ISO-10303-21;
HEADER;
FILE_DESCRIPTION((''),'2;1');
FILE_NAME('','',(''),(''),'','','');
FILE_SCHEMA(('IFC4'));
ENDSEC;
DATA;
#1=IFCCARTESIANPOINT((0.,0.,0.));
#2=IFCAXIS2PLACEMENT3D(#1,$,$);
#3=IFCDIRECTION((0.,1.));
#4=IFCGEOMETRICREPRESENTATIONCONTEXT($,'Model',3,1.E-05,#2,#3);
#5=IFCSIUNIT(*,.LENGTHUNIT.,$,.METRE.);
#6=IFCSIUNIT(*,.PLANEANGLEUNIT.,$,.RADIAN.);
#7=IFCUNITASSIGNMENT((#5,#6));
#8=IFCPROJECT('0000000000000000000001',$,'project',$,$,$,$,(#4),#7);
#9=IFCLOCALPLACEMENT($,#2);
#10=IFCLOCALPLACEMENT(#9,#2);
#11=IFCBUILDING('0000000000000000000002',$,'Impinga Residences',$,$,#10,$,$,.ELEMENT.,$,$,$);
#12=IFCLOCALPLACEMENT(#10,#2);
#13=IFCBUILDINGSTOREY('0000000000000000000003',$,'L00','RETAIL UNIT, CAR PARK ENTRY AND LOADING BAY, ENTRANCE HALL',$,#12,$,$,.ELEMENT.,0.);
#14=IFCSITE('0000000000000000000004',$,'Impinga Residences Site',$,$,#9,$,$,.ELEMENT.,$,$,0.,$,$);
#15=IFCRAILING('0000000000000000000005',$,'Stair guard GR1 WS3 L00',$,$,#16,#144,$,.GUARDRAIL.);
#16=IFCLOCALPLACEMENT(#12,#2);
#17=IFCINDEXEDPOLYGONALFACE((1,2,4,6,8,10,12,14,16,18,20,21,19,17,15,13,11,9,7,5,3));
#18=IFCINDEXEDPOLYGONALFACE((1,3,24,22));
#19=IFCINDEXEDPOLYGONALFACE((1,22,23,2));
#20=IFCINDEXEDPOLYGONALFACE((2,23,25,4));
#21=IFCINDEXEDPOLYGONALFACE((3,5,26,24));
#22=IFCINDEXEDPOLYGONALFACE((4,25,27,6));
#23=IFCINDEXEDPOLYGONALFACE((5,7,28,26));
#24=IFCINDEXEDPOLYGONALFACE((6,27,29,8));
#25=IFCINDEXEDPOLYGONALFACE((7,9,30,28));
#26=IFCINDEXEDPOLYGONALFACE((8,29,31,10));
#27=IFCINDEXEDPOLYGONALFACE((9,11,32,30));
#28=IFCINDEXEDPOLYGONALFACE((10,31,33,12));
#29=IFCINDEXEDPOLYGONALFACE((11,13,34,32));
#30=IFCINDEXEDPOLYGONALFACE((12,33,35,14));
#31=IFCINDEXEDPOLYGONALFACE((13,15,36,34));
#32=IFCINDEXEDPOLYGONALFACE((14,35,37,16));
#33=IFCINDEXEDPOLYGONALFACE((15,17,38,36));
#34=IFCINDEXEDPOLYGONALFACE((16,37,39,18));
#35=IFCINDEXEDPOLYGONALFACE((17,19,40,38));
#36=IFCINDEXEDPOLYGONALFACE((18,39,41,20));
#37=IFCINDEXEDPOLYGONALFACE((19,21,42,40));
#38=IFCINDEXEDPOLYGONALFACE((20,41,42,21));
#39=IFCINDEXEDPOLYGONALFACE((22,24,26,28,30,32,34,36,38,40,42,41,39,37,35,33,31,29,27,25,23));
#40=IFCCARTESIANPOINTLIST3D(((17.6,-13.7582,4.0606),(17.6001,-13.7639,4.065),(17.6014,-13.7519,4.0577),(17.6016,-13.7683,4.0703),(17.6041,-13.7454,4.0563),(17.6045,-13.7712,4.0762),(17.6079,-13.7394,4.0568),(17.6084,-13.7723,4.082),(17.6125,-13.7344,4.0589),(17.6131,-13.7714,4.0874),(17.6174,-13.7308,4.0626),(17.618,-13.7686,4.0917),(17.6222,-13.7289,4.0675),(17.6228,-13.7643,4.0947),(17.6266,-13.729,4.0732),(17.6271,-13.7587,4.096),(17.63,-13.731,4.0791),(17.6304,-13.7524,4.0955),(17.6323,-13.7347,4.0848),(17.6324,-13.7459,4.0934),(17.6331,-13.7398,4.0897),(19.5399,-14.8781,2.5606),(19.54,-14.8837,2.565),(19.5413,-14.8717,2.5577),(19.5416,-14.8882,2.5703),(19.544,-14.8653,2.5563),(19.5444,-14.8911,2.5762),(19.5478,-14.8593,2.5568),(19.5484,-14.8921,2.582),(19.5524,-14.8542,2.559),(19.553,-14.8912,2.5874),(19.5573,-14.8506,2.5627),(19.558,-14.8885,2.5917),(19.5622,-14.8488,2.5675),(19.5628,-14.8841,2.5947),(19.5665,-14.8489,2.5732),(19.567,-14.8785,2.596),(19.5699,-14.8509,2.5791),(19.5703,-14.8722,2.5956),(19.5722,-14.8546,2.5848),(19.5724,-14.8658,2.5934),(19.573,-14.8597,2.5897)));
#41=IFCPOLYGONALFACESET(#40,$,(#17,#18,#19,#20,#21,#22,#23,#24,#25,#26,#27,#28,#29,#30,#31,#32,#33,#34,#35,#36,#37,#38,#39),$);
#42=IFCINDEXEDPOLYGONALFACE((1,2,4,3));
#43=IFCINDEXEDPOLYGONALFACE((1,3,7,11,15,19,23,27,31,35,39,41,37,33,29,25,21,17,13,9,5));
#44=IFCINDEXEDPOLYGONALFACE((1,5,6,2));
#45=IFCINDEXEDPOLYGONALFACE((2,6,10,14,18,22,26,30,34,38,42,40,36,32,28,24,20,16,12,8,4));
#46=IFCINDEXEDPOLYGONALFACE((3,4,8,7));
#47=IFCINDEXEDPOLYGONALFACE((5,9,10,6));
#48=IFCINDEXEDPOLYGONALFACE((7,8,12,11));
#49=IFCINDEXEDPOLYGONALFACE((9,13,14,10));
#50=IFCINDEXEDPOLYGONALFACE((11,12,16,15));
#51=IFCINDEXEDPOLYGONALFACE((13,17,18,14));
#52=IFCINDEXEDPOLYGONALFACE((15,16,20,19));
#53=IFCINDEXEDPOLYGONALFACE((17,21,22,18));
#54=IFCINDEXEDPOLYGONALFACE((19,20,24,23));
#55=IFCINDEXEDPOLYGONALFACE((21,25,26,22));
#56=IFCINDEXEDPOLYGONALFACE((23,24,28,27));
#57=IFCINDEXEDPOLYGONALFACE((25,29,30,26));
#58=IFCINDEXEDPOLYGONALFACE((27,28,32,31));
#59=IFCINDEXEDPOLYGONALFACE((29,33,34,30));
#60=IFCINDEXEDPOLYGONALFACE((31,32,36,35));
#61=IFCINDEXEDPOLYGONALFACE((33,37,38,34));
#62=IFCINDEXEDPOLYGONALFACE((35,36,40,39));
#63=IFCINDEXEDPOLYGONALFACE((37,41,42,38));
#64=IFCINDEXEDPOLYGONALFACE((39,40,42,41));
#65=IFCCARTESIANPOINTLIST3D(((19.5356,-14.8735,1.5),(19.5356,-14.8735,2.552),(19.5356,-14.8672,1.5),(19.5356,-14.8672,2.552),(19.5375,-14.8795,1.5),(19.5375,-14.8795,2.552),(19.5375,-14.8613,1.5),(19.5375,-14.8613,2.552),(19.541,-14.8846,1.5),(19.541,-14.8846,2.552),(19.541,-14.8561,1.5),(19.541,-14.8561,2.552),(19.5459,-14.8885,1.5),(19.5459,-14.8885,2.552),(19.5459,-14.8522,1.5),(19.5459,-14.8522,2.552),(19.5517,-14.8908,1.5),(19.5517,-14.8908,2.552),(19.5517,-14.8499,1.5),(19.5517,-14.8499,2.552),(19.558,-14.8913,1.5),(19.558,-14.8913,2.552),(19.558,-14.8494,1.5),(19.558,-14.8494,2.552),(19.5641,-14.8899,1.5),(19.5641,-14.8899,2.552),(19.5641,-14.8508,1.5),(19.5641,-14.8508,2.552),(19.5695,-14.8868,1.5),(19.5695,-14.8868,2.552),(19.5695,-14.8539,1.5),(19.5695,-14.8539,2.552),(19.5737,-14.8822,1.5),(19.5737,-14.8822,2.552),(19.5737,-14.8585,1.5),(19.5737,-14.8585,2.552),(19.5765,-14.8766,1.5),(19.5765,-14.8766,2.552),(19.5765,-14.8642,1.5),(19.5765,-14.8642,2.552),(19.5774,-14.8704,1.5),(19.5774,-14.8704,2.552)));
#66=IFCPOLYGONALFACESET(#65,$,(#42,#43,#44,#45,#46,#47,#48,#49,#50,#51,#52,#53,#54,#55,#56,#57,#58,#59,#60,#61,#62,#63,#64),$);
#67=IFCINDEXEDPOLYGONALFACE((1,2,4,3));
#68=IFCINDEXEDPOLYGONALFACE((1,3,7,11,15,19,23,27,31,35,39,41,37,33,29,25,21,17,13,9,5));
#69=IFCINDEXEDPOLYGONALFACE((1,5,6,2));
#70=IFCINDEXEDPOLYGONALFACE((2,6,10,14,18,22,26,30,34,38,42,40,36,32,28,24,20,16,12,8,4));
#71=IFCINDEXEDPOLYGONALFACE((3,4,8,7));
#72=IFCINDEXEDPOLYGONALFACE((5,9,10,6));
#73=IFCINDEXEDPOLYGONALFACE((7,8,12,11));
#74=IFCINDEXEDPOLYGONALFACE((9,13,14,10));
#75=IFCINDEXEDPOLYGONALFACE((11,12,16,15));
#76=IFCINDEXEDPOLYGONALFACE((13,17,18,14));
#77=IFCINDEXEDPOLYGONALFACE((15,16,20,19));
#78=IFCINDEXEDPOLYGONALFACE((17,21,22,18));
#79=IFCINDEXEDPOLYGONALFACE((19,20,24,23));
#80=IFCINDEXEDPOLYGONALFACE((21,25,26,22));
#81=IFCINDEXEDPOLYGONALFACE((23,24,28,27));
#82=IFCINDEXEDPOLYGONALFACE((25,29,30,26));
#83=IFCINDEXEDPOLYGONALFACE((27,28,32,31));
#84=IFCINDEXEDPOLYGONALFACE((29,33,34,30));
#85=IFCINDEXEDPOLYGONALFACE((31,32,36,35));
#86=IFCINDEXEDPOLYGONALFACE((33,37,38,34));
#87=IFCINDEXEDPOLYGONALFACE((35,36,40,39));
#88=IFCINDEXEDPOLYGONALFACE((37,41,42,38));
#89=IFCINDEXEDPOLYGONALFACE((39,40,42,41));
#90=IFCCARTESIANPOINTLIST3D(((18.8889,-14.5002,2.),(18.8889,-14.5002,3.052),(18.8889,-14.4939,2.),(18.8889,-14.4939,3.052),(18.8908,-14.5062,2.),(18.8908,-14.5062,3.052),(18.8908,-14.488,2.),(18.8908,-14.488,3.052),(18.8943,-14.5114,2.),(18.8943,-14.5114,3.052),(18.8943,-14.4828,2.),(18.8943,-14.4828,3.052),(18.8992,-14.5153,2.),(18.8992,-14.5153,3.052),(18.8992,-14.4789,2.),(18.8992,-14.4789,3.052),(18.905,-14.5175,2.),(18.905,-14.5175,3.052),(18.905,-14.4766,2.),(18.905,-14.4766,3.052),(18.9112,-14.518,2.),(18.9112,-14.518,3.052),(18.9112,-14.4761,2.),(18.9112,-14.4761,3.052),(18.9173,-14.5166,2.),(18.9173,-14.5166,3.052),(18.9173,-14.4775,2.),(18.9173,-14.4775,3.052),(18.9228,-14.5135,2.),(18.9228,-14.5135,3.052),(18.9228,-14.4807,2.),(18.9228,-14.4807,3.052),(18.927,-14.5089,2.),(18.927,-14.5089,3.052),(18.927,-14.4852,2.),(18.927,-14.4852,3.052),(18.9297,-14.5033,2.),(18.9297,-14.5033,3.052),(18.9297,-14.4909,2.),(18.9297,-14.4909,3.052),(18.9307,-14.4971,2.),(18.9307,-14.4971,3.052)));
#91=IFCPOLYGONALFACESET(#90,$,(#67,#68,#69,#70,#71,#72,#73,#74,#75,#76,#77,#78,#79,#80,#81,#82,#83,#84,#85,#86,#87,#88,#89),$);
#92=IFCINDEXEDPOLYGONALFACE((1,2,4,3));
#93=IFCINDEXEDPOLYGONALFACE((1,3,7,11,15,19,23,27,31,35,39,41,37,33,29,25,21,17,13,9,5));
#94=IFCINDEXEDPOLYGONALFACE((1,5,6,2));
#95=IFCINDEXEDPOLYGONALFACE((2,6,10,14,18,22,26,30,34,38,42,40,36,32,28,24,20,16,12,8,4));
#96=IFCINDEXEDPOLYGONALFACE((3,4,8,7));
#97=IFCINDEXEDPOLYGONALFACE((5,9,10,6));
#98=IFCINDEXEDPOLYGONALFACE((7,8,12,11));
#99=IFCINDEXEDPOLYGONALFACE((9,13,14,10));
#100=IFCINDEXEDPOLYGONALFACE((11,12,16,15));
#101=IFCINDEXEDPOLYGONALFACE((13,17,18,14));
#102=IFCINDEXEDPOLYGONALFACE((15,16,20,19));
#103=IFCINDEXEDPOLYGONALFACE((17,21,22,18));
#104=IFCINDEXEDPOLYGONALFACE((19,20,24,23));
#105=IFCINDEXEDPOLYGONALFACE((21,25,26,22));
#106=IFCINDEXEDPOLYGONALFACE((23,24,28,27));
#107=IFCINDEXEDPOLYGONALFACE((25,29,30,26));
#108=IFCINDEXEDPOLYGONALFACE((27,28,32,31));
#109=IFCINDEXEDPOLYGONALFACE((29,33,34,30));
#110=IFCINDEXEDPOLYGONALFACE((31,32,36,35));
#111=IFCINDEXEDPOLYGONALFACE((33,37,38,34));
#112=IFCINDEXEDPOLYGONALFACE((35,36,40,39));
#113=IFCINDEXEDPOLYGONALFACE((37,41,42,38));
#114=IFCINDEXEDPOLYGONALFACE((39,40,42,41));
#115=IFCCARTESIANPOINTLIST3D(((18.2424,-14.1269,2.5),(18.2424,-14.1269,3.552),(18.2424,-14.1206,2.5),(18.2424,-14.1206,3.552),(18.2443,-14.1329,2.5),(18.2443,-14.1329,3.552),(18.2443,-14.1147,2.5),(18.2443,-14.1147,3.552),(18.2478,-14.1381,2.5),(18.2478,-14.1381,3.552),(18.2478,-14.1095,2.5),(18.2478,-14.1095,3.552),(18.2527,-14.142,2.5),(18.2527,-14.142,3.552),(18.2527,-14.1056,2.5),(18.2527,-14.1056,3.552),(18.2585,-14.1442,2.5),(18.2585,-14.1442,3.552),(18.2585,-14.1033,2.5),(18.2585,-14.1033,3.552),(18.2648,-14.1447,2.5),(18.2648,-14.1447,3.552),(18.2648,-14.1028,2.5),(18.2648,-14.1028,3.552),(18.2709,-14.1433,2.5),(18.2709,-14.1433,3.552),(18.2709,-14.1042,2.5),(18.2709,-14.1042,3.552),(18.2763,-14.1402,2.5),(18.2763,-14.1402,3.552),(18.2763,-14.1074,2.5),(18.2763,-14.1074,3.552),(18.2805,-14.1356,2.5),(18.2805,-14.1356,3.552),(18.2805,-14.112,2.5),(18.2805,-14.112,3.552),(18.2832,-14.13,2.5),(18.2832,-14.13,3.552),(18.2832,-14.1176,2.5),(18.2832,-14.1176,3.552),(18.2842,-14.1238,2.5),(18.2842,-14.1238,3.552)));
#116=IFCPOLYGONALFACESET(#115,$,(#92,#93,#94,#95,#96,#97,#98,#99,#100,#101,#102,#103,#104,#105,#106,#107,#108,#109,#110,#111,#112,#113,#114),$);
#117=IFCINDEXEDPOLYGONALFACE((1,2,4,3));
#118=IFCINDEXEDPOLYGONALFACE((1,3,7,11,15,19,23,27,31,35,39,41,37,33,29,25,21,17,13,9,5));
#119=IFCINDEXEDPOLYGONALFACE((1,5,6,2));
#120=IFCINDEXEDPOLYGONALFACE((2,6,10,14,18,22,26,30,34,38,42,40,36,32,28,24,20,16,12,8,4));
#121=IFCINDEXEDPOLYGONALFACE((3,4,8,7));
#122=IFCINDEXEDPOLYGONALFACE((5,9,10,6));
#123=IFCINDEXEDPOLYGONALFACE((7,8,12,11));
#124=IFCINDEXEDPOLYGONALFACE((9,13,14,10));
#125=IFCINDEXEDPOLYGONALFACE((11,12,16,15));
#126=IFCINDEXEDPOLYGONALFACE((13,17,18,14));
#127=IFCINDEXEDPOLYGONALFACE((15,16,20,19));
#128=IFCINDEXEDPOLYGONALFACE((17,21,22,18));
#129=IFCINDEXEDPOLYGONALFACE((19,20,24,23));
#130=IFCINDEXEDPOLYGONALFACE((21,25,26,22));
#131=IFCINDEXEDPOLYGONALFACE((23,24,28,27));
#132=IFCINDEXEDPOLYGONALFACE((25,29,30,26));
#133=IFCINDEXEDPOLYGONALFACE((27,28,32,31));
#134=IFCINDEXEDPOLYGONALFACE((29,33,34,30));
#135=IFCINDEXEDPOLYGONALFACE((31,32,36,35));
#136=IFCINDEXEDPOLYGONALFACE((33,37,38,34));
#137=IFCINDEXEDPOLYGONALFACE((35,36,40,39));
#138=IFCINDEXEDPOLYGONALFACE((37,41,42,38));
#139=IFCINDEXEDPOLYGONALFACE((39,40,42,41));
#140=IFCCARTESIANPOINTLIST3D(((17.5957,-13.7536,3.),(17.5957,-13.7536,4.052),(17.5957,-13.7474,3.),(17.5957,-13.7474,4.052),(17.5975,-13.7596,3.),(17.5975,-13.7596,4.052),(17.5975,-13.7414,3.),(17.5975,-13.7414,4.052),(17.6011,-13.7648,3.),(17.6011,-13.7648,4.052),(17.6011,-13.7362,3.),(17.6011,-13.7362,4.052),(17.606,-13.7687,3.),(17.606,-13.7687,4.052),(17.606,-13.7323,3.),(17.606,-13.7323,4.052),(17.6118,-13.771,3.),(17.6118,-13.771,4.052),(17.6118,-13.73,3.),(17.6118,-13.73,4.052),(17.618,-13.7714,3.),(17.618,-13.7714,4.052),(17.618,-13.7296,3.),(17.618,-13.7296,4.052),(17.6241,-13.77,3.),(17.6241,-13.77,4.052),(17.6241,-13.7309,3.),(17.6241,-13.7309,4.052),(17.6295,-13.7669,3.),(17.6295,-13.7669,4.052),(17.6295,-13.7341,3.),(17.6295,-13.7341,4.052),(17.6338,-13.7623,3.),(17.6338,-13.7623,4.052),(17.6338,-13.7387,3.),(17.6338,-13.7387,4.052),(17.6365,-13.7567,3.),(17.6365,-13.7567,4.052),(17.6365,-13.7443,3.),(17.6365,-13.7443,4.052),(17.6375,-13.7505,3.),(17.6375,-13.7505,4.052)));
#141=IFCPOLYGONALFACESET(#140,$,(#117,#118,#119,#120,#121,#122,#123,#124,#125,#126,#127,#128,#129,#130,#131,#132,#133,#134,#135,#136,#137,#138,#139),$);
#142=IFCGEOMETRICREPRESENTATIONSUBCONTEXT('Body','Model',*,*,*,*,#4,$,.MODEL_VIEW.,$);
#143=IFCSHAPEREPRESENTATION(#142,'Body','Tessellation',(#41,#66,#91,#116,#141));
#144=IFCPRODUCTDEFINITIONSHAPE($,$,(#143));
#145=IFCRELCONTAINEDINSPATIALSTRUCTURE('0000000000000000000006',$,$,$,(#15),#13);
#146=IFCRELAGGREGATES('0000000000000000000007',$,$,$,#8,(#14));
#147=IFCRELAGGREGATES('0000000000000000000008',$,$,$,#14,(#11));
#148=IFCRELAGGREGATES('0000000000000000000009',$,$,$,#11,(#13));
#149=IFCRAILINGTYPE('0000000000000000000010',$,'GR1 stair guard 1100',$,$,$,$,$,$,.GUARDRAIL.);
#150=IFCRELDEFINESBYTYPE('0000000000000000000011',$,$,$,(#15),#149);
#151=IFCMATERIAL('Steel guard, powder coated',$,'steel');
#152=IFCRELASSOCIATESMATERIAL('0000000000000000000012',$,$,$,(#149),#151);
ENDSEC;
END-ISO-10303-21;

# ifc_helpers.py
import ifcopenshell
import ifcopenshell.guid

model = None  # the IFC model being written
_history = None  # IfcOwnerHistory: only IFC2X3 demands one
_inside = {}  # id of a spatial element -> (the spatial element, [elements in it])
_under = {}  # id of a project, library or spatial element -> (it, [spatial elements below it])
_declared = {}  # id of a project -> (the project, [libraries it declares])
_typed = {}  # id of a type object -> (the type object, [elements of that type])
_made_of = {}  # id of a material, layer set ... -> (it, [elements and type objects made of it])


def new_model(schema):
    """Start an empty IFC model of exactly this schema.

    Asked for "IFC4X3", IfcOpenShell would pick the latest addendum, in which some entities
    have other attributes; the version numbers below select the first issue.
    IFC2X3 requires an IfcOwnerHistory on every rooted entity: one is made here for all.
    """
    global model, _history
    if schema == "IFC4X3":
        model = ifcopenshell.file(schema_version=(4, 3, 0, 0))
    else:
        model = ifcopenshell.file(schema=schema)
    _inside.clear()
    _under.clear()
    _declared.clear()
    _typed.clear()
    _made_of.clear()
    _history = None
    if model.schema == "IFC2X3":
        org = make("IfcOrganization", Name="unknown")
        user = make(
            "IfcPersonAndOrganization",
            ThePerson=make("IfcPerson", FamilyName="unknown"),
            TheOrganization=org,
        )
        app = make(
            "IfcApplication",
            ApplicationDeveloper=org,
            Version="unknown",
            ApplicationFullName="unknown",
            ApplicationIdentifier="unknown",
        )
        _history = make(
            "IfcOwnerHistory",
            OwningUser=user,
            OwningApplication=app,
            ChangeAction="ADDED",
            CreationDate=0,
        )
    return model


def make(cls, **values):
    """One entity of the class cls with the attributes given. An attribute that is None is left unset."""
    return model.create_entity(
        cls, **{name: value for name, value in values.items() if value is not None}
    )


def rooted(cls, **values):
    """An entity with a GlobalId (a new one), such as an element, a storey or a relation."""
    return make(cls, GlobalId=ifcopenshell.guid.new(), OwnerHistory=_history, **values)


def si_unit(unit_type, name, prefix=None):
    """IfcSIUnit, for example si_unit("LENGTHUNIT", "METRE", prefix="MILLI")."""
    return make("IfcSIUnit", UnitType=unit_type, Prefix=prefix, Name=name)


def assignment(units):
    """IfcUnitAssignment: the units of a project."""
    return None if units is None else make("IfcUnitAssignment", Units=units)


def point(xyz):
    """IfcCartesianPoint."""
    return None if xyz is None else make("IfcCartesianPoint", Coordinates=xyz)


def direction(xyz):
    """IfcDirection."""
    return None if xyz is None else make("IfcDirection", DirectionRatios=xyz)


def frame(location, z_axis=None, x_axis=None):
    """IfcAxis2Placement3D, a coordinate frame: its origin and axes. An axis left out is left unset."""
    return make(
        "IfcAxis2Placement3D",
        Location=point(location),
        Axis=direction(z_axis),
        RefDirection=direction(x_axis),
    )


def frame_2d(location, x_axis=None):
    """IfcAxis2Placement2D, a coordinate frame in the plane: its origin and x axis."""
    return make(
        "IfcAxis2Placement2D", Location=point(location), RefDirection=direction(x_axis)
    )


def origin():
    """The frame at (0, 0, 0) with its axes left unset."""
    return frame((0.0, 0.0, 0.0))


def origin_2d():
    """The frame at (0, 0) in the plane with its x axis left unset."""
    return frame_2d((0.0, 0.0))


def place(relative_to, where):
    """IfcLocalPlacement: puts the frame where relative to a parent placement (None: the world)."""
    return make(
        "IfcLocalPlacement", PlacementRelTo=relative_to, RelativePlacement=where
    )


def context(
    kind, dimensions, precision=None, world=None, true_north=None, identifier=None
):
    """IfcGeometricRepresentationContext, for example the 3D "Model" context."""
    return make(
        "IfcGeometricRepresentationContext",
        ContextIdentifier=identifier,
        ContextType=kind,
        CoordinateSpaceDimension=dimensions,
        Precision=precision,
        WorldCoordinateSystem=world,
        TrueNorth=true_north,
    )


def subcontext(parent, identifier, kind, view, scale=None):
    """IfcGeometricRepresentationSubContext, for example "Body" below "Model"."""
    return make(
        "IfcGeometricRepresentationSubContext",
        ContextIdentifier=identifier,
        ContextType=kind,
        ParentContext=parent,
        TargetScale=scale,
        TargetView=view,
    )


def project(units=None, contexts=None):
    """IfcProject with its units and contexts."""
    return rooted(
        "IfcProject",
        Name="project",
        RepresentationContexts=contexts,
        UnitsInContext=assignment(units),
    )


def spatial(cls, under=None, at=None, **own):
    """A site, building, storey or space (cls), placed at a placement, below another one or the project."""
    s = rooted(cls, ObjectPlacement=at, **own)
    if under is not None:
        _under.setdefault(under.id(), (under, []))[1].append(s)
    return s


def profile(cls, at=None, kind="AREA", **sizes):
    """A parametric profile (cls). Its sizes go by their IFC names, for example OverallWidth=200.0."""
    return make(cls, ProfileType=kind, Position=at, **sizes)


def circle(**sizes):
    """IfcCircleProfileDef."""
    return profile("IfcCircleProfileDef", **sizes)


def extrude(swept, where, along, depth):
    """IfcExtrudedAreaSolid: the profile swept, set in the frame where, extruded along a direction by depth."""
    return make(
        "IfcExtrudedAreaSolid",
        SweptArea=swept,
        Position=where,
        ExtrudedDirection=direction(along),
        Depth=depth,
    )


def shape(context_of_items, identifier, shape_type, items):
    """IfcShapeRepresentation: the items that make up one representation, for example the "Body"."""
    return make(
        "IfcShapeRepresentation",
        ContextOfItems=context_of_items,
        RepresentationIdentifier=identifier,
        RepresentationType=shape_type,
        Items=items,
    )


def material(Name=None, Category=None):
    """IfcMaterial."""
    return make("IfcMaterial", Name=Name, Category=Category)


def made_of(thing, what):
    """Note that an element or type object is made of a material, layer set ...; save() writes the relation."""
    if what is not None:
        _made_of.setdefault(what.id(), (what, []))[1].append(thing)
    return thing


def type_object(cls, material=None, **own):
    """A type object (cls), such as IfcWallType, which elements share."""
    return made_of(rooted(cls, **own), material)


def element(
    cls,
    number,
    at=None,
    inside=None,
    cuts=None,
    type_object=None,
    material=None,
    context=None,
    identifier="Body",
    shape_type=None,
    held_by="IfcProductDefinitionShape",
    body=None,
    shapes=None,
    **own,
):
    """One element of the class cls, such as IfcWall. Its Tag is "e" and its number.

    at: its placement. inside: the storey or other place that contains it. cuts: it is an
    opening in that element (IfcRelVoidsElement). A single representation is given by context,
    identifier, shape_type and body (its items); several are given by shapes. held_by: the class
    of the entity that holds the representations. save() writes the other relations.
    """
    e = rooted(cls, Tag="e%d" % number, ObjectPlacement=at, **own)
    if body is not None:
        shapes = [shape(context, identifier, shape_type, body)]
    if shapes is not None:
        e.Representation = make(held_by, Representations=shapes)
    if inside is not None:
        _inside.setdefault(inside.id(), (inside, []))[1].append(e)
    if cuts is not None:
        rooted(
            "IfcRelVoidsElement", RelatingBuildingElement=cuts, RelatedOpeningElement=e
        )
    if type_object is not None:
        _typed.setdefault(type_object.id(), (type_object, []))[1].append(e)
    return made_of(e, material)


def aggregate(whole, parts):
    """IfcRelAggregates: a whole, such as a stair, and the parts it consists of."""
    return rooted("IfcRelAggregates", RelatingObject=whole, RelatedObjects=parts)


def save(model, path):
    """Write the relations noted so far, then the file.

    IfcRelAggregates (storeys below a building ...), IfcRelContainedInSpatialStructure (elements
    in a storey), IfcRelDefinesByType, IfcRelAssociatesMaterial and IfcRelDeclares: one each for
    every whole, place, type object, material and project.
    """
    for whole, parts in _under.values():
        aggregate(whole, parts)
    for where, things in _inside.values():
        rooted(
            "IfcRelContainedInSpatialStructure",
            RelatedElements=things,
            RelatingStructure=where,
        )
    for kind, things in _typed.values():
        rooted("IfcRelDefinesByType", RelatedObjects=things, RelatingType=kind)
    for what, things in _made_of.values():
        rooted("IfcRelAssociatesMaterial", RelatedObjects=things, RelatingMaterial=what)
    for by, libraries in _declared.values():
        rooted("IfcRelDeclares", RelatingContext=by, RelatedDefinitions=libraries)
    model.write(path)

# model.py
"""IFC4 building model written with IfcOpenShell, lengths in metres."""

from ifc_helpers import new_model, si_unit, direction, frame, origin, origin_2d, place, context, subcontext, project, spatial, circle, extrude, material, type_object, element, save


model = new_model("IFC4")

# Units and contexts
model_context = context("Model", 3, precision=1e-05, world=origin(), true_north=direction((0.0, 1.0)))
body_context = subcontext(model_context, "Body", "Model", "MODEL_VIEW")
ifc_project = project(units=[si_unit("LENGTHUNIT", "METRE"), si_unit("PLANEANGLEUNIT", "RADIAN")], contexts=[model_context])

# Site, building, storey
site_placement = place(None, origin())
site = spatial("IfcSite", under=ifc_project, at=site_placement, Name="Impinga Residences Site", CompositionType="ELEMENT", RefElevation=0.0)
building_placement = place(site_placement, origin())
building = spatial("IfcBuilding", under=site, at=building_placement, Name="Impinga Residences", CompositionType="ELEMENT")
storey_placement = place(building_placement, origin())
storey = spatial("IfcBuildingStorey", under=building, at=storey_placement, Name="L00", Description="RETAIL UNIT, CAR PARK ENTRY AND LOADING BAY, ENTRANCE HALL", CompositionType="ELEMENT", Elevation=0.0)

# Railing
ifc_material_1 = material(Name="Steel guard, powder coated", Category="steel")
railing_type_1 = type_object("IfcRailingType", Name="GR1 stair guard 1100", PredefinedType="GUARDRAIL", material=ifc_material_1)
for number, where, name in (
    (1, (19.5564, -14.8704, 1.5), "Stair guard GR1 WS3 L00"),
):
    element("IfcRailing", number, at=place(storey_placement, frame(where)), inside=storey, type_object=railing_type_1, Name=name, PredefinedType="GUARDRAIL", context=body_context, shape_type="SweptSolid", body=[
        extrude(circle(Radius=0.0239, at=origin_2d()), frame((0.0, 0.0, 1.0762), z_axis=(-0.719609, 0.41541, 0.556415), x_axis=(-0.499949, -0.866055, 0.0)), (0.0, 0.0, 1.0), 2.6958),
        extrude(circle(Radius=0.021, at=origin_2d()), origin(), (0.0, 0.0, 1.0), 1.052),
        extrude(circle(Radius=0.021, at=origin_2d()), frame((-0.6467, 0.3733, 0.5)), (0.0, 0.0, 1.0), 1.052),
        extrude(circle(Radius=0.021, at=origin_2d()), frame((-1.2932, 0.7466, 1.0)), (0.0, 0.0, 1.0), 1.052),
        extrude(circle(Radius=0.021, at=origin_2d()), frame((-1.9399, 1.1199, 1.5)), (0.0, 0.0, 1.0), 1.052),
    ])

save(model, "model.ifc")
